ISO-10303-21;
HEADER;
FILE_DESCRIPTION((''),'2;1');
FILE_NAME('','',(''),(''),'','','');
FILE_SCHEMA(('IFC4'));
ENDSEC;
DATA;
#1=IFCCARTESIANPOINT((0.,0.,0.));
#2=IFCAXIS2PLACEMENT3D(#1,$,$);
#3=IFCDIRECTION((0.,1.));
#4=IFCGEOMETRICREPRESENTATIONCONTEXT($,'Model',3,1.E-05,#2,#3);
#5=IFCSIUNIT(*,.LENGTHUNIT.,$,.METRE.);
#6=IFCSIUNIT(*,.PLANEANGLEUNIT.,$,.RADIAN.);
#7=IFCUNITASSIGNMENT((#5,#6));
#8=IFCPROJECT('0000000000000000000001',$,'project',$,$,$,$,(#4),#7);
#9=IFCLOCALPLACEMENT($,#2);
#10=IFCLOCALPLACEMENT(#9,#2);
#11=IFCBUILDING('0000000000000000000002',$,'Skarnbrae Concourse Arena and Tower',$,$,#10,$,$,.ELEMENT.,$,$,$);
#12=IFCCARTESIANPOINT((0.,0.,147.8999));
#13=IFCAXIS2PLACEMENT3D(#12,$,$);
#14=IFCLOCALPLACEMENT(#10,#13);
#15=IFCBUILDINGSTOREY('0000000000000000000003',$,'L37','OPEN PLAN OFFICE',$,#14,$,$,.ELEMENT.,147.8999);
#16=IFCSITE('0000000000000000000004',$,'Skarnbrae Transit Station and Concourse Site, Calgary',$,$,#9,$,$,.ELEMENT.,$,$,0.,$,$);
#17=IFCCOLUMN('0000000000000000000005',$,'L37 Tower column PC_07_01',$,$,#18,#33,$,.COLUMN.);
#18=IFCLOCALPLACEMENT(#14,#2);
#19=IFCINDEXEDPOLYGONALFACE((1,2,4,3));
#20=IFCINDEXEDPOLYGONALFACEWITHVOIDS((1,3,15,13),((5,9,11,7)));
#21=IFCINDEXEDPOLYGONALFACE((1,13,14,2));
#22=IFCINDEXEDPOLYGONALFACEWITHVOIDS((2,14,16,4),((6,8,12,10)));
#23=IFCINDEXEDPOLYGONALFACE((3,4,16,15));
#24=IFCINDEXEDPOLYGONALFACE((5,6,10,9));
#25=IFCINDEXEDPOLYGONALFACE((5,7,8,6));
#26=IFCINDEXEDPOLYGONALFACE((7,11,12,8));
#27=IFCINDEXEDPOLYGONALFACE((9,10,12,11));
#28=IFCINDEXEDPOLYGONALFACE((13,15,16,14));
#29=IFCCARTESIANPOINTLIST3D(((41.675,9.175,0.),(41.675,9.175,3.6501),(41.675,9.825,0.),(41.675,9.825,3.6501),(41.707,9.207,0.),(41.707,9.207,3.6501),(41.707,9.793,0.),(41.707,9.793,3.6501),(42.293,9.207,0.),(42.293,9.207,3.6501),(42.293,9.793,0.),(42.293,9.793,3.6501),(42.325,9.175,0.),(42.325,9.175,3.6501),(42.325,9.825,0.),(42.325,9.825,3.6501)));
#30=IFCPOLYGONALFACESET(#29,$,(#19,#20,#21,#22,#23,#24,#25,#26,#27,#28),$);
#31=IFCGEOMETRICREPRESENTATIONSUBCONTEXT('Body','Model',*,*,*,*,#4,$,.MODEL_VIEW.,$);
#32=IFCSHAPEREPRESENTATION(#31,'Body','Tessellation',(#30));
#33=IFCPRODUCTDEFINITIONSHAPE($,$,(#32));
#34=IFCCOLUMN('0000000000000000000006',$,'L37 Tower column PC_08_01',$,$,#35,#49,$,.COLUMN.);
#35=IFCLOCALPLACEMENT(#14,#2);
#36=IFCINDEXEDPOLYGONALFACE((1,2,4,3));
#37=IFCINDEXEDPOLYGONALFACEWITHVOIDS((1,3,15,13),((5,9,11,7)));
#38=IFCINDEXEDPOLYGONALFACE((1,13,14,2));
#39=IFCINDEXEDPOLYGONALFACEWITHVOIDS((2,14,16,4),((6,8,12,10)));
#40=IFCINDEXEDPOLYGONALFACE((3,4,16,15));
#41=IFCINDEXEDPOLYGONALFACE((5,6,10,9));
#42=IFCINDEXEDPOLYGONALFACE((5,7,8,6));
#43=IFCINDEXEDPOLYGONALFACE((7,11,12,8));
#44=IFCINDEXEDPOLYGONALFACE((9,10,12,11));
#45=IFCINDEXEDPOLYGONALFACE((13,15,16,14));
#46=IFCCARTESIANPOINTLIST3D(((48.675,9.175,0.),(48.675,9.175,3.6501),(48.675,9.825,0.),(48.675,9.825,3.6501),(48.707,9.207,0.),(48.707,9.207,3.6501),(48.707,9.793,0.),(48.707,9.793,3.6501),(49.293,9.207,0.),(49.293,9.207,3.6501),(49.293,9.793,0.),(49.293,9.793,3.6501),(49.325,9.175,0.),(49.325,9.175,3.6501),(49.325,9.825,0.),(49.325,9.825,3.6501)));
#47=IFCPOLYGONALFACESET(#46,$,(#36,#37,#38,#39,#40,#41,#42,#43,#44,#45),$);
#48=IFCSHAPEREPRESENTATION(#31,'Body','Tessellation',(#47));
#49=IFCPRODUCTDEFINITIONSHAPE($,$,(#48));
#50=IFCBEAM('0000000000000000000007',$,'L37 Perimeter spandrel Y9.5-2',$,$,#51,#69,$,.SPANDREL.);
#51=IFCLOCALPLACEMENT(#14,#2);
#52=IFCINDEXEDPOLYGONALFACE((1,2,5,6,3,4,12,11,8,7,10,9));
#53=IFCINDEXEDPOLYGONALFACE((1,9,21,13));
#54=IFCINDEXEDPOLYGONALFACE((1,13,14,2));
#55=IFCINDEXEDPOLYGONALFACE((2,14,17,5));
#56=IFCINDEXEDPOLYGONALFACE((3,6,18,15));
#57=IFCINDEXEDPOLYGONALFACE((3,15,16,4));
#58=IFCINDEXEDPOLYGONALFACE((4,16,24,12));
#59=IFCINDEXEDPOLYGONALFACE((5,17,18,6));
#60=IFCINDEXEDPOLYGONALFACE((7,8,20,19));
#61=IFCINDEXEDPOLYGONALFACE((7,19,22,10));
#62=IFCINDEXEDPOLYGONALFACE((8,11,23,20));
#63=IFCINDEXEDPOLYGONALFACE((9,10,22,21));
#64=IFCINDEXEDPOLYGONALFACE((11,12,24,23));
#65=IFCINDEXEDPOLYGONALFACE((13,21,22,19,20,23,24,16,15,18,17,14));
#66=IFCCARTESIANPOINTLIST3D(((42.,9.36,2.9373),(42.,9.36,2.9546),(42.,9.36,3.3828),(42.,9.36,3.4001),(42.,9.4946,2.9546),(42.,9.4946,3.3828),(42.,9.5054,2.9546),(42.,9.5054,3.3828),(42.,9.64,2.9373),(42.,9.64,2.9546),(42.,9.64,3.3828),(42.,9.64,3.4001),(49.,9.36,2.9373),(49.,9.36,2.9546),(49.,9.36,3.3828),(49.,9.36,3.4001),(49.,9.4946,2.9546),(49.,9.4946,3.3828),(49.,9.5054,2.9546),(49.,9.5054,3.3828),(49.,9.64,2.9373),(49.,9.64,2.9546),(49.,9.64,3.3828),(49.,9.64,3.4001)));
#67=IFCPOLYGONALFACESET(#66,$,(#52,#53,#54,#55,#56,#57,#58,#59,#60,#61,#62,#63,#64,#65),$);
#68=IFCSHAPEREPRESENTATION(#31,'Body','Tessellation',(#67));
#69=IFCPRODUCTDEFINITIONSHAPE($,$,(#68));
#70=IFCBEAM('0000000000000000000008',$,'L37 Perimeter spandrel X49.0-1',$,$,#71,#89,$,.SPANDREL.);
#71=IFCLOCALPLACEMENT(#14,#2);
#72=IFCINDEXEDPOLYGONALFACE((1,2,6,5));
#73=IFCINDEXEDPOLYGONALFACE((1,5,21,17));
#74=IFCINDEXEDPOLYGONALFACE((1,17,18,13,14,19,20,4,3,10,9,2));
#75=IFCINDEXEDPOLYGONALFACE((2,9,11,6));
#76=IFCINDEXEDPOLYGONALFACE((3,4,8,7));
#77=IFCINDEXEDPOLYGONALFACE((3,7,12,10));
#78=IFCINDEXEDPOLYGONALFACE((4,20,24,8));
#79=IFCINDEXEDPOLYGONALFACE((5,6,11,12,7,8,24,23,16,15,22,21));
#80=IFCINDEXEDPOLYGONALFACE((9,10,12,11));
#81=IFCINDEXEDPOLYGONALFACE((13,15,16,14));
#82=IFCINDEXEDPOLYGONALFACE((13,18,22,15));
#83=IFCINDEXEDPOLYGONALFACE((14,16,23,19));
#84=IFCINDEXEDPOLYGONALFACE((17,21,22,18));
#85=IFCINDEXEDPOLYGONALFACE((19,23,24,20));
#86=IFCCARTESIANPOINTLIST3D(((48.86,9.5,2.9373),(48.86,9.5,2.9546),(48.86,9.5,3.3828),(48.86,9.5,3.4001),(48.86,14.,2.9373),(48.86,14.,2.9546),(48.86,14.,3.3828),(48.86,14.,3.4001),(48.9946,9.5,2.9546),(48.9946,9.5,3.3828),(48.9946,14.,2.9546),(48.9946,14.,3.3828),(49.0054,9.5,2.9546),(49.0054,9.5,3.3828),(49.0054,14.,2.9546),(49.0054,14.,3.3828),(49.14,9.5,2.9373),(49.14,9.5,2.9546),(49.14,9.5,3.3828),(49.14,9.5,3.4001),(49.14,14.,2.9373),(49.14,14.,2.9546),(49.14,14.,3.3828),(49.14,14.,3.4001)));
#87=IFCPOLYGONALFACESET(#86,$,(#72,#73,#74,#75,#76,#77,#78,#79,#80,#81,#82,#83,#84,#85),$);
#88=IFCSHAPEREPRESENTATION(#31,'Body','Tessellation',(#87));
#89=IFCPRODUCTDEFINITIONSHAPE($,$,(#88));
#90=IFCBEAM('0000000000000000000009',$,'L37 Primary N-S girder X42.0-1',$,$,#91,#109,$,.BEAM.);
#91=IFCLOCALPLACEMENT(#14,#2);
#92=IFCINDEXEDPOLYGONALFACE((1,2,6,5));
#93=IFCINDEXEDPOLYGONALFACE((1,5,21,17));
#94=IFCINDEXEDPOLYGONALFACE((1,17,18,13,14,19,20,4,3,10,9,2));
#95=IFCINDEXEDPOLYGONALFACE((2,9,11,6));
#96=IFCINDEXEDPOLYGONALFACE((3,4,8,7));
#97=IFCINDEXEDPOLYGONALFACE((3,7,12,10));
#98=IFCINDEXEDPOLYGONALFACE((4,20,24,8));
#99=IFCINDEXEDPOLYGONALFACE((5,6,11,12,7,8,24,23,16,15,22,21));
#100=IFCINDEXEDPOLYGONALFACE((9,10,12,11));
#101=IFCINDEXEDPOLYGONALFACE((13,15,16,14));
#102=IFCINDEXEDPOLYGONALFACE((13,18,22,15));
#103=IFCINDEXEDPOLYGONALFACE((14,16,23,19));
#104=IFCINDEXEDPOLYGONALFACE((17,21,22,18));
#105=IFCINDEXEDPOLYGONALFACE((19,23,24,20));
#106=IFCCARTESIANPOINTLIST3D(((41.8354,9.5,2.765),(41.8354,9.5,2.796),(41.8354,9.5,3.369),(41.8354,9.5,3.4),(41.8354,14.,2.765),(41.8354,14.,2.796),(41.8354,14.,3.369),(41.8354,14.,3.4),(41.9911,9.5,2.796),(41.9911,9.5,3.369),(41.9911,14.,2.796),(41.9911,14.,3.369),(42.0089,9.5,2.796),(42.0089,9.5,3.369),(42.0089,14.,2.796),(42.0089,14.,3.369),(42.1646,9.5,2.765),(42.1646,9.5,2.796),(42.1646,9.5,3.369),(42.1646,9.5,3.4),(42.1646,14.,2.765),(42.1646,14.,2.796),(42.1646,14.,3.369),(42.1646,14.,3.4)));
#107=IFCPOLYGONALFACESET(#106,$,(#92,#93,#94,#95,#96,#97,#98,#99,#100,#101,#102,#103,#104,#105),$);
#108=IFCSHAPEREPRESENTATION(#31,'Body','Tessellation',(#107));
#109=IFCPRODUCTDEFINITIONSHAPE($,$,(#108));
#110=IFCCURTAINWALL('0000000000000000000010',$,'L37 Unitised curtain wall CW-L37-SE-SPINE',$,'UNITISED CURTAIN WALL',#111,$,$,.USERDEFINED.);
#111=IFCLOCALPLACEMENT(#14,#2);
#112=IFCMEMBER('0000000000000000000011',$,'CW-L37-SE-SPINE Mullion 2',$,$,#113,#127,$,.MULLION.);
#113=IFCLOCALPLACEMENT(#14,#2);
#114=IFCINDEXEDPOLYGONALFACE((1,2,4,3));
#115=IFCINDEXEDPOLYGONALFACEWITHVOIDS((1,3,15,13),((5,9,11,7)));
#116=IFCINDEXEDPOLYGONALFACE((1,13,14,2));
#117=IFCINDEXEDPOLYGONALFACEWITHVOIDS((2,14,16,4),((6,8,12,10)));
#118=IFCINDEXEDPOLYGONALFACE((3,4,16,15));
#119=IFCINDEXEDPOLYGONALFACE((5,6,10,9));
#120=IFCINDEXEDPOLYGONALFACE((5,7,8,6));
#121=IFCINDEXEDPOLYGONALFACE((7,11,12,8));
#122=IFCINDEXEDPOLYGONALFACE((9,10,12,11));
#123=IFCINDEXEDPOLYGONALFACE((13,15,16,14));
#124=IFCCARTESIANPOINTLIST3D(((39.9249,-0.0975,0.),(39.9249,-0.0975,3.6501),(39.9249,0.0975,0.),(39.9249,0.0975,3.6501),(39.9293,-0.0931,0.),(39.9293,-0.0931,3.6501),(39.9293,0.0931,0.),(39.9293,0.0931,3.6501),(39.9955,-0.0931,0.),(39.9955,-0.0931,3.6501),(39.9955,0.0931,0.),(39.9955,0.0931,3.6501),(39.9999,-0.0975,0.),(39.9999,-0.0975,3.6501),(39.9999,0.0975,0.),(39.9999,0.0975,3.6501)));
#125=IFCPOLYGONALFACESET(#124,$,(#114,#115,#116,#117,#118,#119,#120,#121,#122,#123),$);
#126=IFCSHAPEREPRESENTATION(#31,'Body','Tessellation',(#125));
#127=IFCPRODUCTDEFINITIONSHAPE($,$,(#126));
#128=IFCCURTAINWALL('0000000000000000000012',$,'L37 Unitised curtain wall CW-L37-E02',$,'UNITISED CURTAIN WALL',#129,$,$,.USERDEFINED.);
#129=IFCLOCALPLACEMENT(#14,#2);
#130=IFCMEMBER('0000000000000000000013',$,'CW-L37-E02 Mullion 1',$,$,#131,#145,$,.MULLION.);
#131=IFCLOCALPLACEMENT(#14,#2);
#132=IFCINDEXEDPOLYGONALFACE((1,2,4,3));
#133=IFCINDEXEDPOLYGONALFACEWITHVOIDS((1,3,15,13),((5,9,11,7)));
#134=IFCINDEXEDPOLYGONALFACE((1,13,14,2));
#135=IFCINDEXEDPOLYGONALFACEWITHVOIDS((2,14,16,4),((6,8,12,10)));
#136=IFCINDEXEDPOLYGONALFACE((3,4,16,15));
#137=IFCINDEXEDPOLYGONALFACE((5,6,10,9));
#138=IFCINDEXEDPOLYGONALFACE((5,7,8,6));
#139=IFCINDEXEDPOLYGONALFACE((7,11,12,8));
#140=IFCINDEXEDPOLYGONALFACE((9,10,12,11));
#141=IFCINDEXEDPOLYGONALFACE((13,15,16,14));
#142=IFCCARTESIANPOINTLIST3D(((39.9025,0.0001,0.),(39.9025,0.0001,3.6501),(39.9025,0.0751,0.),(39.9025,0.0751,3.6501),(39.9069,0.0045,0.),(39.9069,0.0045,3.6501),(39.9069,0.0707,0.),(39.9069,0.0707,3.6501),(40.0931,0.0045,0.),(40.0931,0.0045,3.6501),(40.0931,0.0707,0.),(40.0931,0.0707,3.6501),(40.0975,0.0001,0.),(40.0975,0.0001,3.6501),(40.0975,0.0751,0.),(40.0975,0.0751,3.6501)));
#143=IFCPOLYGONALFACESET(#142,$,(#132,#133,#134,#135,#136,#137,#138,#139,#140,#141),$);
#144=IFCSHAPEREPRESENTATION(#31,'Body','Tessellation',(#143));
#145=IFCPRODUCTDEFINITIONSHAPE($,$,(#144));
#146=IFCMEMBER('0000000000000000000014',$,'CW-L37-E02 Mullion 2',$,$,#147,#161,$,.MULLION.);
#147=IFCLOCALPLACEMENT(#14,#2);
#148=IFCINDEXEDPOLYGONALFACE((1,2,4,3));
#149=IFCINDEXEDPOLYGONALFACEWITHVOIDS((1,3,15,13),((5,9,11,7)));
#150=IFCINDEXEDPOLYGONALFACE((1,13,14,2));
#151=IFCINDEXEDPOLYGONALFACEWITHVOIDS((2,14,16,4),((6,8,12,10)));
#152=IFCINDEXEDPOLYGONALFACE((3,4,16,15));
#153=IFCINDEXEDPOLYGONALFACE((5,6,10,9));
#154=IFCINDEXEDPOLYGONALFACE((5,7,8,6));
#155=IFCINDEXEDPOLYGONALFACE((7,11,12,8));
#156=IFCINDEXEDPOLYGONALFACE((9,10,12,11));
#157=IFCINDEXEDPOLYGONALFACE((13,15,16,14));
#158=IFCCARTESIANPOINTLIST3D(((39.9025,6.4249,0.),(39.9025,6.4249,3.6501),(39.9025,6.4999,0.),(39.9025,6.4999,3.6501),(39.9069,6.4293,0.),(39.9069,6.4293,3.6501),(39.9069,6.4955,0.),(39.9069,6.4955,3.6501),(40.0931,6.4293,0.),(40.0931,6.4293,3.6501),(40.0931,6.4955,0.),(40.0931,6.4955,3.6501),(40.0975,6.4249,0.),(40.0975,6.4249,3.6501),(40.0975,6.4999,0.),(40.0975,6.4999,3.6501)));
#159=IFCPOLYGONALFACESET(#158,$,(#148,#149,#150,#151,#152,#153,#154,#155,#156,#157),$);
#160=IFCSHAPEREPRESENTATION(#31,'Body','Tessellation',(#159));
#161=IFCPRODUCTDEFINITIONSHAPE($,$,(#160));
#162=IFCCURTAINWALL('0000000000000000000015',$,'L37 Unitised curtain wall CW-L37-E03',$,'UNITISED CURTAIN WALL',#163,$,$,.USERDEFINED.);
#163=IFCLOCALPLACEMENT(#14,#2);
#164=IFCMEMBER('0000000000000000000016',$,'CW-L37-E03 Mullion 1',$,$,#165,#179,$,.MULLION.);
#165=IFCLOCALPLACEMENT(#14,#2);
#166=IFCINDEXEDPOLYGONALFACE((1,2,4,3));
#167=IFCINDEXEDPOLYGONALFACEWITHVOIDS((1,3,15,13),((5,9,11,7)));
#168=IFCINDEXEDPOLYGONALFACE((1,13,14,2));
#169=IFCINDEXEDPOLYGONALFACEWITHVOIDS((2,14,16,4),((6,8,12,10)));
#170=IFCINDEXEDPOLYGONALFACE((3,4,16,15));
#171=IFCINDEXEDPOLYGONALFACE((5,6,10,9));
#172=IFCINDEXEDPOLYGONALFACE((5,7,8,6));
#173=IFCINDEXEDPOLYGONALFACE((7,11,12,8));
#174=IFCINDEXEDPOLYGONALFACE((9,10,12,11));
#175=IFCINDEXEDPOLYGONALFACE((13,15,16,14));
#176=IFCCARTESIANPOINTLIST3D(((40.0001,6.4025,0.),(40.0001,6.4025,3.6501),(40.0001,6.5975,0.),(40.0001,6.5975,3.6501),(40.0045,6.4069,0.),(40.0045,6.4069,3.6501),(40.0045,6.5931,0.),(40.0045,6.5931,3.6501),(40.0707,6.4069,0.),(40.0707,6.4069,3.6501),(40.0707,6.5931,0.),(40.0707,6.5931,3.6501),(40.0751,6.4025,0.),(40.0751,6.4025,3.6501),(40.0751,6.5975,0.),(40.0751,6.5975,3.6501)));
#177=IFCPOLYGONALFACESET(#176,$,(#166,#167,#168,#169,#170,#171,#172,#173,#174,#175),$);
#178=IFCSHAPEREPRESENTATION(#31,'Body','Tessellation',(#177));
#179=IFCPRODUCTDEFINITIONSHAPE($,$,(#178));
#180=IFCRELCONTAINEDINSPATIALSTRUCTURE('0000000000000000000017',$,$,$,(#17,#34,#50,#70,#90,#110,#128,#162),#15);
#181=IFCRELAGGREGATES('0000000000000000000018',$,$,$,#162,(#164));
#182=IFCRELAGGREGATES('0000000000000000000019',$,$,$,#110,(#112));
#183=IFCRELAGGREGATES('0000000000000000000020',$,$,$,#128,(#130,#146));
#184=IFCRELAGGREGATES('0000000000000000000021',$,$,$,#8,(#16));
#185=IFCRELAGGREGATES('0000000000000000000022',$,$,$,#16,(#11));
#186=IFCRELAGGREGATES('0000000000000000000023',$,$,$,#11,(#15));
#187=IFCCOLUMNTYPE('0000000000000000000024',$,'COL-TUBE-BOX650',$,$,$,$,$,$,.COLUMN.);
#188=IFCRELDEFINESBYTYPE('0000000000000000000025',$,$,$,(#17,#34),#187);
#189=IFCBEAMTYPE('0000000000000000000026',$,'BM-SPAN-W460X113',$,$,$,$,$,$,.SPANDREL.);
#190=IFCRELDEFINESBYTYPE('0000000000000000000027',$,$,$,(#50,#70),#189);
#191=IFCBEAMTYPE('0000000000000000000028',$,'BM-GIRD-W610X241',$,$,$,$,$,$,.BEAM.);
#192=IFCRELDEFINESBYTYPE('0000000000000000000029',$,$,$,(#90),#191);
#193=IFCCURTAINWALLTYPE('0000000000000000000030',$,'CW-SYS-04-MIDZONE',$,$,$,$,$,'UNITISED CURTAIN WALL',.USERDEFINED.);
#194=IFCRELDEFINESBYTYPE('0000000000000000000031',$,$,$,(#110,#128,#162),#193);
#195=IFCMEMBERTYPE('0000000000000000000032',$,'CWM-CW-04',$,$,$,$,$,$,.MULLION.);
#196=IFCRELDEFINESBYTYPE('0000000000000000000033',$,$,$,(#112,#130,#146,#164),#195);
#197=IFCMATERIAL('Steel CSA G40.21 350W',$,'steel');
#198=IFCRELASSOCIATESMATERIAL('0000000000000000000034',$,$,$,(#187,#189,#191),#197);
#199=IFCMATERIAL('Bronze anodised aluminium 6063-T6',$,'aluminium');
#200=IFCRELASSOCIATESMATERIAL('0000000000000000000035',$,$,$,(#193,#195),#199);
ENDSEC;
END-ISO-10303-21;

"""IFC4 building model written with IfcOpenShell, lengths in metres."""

from ifc_helpers import new_model, si_unit, direction, frame, origin, origin_2d, place, context, subcontext, project, spatial, hollow_rectangle, i_section, extrude, source, transform, mapped, material, material_profile, profile_set, type_object, element, aggregate, save


model = new_model("IFC4")

# Units and contexts
model_context = context("Model", 3, precision=1e-05, world=origin(), true_north=direction((0.0, 1.0)))
body_context = subcontext(model_context, "Body", "Model", "MODEL_VIEW")
ifc_project = project(units=[si_unit("LENGTHUNIT", "METRE"), si_unit("PLANEANGLEUNIT", "RADIAN")], contexts=[model_context])

# Site, building, storey
site_placement = place(None, origin())
site = spatial("IfcSite", under=ifc_project, at=site_placement, Name="Skarnbrae Transit Station and Concourse Site, Calgary", CompositionType="ELEMENT", RefElevation=0.0)
building_placement = place(site_placement, origin())
building = spatial("IfcBuilding", under=site, at=building_placement, Name="Skarnbrae Concourse Arena and Tower", CompositionType="ELEMENT")
storey_placement = place(building_placement, frame((0.0, 0.0, 147.8999)))
storey = spatial("IfcBuildingStorey", under=building, at=storey_placement, Name="L37", Description="OPEN PLAN OFFICE", CompositionType="ELEMENT", Elevation=147.8999)

# Columns
ifc_material_1 = material(Name="Steel CSA G40.21 350W", Category="steel")
ifc_material_profile_1 = material_profile(ifc_material_1, hollow_rectangle(XDim=0.6499, YDim=0.6499, WallThickness=0.032, at=origin_2d()), Name="BOX650X650X32")
ifc_profile_set_1 = profile_set([ifc_material_profile_1], Name="Steel CSA G40.21 350W")
column_type = type_object("IfcColumnType", Name="COL-TUBE-BOX650", PredefinedType="COLUMN", material=ifc_profile_set_1)
shared_shape_1 = source(origin(), body_context, "Body", "SweptSolid", [
    extrude(hollow_rectangle(XDim=0.6499, YDim=0.6499, WallThickness=0.032, at=origin_2d()), origin(), (0.0, 0.0, 1.0), 3.6501),
])
for number, where, z_axis, x_axis, name in (
    (1, (42.0, 9.5, 0.0), (0.0, 0.0, 1.0), (1.0, 0.0, 0.0), "L37 Tower column PC_07_01"),
    (2, (49.0, 9.5, 0.0), (0.0, 0.0, 1.0), (1.0, 0.0, 0.0), "L37 Tower column PC_08_01"),
):
    element("IfcColumn", number, at=place(storey_placement, frame(where, z_axis=z_axis, x_axis=x_axis)), inside=storey, type_object=column_type, Name=name, PredefinedType="COLUMN", context=body_context, shape_type="MappedRepresentation", body=[
        mapped(shared_shape_1, transform((0.0, 0.0, 0.0))),
    ])

# Beams
ifc_material_profile_2 = material_profile(ifc_material_1, i_section(OverallWidth=0.28, OverallDepth=0.4629, WebThickness=0.0107, FlangeThickness=0.0173, at=origin_2d()), Name="W460X113")
ifc_profile_set_2 = profile_set([ifc_material_profile_2], Name="Steel CSA G40.21 350W")
beam_type_1 = type_object("IfcBeamType", Name="BM-SPAN-W460X113", PredefinedType="SPANDREL", material=ifc_profile_set_2)
shared_shape_2 = source(origin(), body_context, "Body", "SweptSolid", [
    extrude(i_section(OverallWidth=0.28, OverallDepth=0.4629, WebThickness=0.0107, FlangeThickness=0.0173, at=origin_2d()), origin(), (0.0, 0.0, 1.0), 7.0),
])
beam_1_placement = place(storey_placement, frame((42.0, 9.5, 3.1687), z_axis=(1.0, 0.0, 0.0), x_axis=(0.0, 1.0, 0.0)))
element("IfcBeam", 3, at=beam_1_placement, inside=storey, type_object=beam_type_1, Name="L37 Perimeter spandrel Y9.5-2", PredefinedType="SPANDREL", context=body_context, shape_type="MappedRepresentation", body=[
    mapped(shared_shape_2, transform((0.0, 0.0, 0.0))),
])
shared_shape_3 = source(origin(), body_context, "Body", "SweptSolid", [
    extrude(i_section(OverallWidth=0.28, OverallDepth=0.4629, WebThickness=0.0107, FlangeThickness=0.0173, at=origin_2d()), origin(), (0.0, 0.0, 1.0), 4.5),
])
beam_2_placement = place(storey_placement, frame((49.0, 9.5, 3.1687), z_axis=(0.0, 1.0, 0.0), x_axis=(-1.0, 0.0, 0.0)))
element("IfcBeam", 4, at=beam_2_placement, inside=storey, type_object=beam_type_1, Name="L37 Perimeter spandrel X49.0-1", PredefinedType="SPANDREL", context=body_context, shape_type="MappedRepresentation", body=[
    mapped(shared_shape_3, transform((0.0, 0.0, 0.0))),
])
ifc_material_profile_3 = material_profile(ifc_material_1, i_section(OverallWidth=0.3291, OverallDepth=0.635, WebThickness=0.0178, FlangeThickness=0.031, at=origin_2d()), Name="W610X241")
ifc_profile_set_3 = profile_set([ifc_material_profile_3], Name="Steel CSA G40.21 350W")
beam_type_2 = type_object("IfcBeamType", Name="BM-GIRD-W610X241", PredefinedType="BEAM", material=ifc_profile_set_3)
shared_shape_4 = source(origin(), body_context, "Body", "SweptSolid", [
    extrude(i_section(OverallWidth=0.3291, OverallDepth=0.635, WebThickness=0.0178, FlangeThickness=0.031, at=origin_2d()), origin(), (0.0, 0.0, 1.0), 4.5),
])
beam_3_placement = place(storey_placement, frame((42.0, 9.5, 3.0825), z_axis=(0.0, 1.0, 0.0), x_axis=(-1.0, 0.0, 0.0)))
element("IfcBeam", 5, at=beam_3_placement, inside=storey, type_object=beam_type_2, Name="L37 Primary N-S girder X42.0-1", PredefinedType="BEAM", context=body_context, shape_type="MappedRepresentation", body=[
    mapped(shared_shape_4, transform((0.0, 0.0, 0.0))),
])

# Curtain wall, member
ifc_material_2 = material(Name="Bronze anodised aluminium 6063-T6", Category="aluminium")
curtain_wall_type = type_object("IfcCurtainWallType", Name="CW-SYS-04-MIDZONE", ElementType="UNITISED CURTAIN WALL", PredefinedType="USERDEFINED", material=ifc_material_2)
curtain_wall_1_placement = place(storey_placement, origin())
curtain_wall_1 = element("IfcCurtainWall", 6, at=curtain_wall_1_placement, inside=storey, type_object=curtain_wall_type, Name="L37 Unitised curtain wall CW-L37-SE-SPINE", ObjectType="UNITISED CURTAIN WALL", PredefinedType="USERDEFINED")
ifc_material_profile_4 = material_profile(ifc_material_2, hollow_rectangle(XDim=0.075, YDim=0.1951, WallThickness=0.0044, at=origin_2d()), Name="ALU-MULL-75X195")
ifc_profile_set_4 = profile_set([ifc_material_profile_4], Name="Bronze anodised aluminium 6063-T6")
member_type_1 = type_object("IfcMemberType", Name="CWM-CW-04", PredefinedType="MULLION", material=ifc_profile_set_4)
shared_shape_5 = source(origin(), body_context, "Body", "SweptSolid", [
    extrude(hollow_rectangle(XDim=0.075, YDim=0.1951, WallThickness=0.0044, at=origin_2d()), origin(), (0.0, 0.0, 1.0), 3.6501),
])
member_1_placement = place(storey_placement, frame((39.9624, 0.0, 0.0), z_axis=(0.0, 0.0, 1.0), x_axis=(1.0, 0.0, 0.0)))
member_1 = element("IfcMember", 7, at=member_1_placement, type_object=member_type_1, Name="CW-L37-SE-SPINE Mullion 2", PredefinedType="MULLION", context=body_context, shape_type="MappedRepresentation", body=[
    mapped(shared_shape_5, transform((0.0, 0.0, 0.0))),
])

# Curtain walls, members
curtain_wall_2_placement = place(storey_placement, origin())
curtain_wall_2 = element("IfcCurtainWall", 8, at=curtain_wall_2_placement, inside=storey, type_object=curtain_wall_type, Name="L37 Unitised curtain wall CW-L37-E02", ObjectType="UNITISED CURTAIN WALL", PredefinedType="USERDEFINED")
member_2_placement = place(storey_placement, frame((40.0, 0.0376, 0.0), z_axis=(0.0, 0.0, 1.0), x_axis=(0.0, 1.0, 0.0)))
member_2 = element("IfcMember", 9, at=member_2_placement, type_object=member_type_1, Name="CW-L37-E02 Mullion 1", PredefinedType="MULLION", context=body_context, shape_type="MappedRepresentation", body=[
    mapped(shared_shape_5, transform((0.0, 0.0, 0.0))),
])
member_3_placement = place(storey_placement, frame((40.0, 6.4624, 0.0), z_axis=(0.0, 0.0, 1.0), x_axis=(0.0, 1.0, 0.0)))
member_3 = element("IfcMember", 10, at=member_3_placement, type_object=member_type_1, Name="CW-L37-E02 Mullion 2", PredefinedType="MULLION", context=body_context, shape_type="MappedRepresentation", body=[
    mapped(shared_shape_5, transform((0.0, 0.0, 0.0))),
])
curtain_wall_3_placement = place(storey_placement, origin())
curtain_wall_3 = element("IfcCurtainWall", 11, at=curtain_wall_3_placement, inside=storey, type_object=curtain_wall_type, Name="L37 Unitised curtain wall CW-L37-E03", ObjectType="UNITISED CURTAIN WALL", PredefinedType="USERDEFINED")
member_4_placement = place(storey_placement, frame((40.0376, 6.5, 0.0), z_axis=(0.0, 0.0, 1.0), x_axis=(1.0, 0.0, 0.0)))
member_4 = element("IfcMember", 12, at=member_4_placement, type_object=member_type_1, Name="CW-L37-E03 Mullion 1", PredefinedType="MULLION", context=body_context, shape_type="MappedRepresentation", body=[
    mapped(shared_shape_5, transform((0.0, 0.0, 0.0))),
])

aggregate(curtain_wall_3, [member_4])
aggregate(curtain_wall_1, [member_1])
aggregate(curtain_wall_2, [member_2, member_3])

save(model, "model.ifc")
